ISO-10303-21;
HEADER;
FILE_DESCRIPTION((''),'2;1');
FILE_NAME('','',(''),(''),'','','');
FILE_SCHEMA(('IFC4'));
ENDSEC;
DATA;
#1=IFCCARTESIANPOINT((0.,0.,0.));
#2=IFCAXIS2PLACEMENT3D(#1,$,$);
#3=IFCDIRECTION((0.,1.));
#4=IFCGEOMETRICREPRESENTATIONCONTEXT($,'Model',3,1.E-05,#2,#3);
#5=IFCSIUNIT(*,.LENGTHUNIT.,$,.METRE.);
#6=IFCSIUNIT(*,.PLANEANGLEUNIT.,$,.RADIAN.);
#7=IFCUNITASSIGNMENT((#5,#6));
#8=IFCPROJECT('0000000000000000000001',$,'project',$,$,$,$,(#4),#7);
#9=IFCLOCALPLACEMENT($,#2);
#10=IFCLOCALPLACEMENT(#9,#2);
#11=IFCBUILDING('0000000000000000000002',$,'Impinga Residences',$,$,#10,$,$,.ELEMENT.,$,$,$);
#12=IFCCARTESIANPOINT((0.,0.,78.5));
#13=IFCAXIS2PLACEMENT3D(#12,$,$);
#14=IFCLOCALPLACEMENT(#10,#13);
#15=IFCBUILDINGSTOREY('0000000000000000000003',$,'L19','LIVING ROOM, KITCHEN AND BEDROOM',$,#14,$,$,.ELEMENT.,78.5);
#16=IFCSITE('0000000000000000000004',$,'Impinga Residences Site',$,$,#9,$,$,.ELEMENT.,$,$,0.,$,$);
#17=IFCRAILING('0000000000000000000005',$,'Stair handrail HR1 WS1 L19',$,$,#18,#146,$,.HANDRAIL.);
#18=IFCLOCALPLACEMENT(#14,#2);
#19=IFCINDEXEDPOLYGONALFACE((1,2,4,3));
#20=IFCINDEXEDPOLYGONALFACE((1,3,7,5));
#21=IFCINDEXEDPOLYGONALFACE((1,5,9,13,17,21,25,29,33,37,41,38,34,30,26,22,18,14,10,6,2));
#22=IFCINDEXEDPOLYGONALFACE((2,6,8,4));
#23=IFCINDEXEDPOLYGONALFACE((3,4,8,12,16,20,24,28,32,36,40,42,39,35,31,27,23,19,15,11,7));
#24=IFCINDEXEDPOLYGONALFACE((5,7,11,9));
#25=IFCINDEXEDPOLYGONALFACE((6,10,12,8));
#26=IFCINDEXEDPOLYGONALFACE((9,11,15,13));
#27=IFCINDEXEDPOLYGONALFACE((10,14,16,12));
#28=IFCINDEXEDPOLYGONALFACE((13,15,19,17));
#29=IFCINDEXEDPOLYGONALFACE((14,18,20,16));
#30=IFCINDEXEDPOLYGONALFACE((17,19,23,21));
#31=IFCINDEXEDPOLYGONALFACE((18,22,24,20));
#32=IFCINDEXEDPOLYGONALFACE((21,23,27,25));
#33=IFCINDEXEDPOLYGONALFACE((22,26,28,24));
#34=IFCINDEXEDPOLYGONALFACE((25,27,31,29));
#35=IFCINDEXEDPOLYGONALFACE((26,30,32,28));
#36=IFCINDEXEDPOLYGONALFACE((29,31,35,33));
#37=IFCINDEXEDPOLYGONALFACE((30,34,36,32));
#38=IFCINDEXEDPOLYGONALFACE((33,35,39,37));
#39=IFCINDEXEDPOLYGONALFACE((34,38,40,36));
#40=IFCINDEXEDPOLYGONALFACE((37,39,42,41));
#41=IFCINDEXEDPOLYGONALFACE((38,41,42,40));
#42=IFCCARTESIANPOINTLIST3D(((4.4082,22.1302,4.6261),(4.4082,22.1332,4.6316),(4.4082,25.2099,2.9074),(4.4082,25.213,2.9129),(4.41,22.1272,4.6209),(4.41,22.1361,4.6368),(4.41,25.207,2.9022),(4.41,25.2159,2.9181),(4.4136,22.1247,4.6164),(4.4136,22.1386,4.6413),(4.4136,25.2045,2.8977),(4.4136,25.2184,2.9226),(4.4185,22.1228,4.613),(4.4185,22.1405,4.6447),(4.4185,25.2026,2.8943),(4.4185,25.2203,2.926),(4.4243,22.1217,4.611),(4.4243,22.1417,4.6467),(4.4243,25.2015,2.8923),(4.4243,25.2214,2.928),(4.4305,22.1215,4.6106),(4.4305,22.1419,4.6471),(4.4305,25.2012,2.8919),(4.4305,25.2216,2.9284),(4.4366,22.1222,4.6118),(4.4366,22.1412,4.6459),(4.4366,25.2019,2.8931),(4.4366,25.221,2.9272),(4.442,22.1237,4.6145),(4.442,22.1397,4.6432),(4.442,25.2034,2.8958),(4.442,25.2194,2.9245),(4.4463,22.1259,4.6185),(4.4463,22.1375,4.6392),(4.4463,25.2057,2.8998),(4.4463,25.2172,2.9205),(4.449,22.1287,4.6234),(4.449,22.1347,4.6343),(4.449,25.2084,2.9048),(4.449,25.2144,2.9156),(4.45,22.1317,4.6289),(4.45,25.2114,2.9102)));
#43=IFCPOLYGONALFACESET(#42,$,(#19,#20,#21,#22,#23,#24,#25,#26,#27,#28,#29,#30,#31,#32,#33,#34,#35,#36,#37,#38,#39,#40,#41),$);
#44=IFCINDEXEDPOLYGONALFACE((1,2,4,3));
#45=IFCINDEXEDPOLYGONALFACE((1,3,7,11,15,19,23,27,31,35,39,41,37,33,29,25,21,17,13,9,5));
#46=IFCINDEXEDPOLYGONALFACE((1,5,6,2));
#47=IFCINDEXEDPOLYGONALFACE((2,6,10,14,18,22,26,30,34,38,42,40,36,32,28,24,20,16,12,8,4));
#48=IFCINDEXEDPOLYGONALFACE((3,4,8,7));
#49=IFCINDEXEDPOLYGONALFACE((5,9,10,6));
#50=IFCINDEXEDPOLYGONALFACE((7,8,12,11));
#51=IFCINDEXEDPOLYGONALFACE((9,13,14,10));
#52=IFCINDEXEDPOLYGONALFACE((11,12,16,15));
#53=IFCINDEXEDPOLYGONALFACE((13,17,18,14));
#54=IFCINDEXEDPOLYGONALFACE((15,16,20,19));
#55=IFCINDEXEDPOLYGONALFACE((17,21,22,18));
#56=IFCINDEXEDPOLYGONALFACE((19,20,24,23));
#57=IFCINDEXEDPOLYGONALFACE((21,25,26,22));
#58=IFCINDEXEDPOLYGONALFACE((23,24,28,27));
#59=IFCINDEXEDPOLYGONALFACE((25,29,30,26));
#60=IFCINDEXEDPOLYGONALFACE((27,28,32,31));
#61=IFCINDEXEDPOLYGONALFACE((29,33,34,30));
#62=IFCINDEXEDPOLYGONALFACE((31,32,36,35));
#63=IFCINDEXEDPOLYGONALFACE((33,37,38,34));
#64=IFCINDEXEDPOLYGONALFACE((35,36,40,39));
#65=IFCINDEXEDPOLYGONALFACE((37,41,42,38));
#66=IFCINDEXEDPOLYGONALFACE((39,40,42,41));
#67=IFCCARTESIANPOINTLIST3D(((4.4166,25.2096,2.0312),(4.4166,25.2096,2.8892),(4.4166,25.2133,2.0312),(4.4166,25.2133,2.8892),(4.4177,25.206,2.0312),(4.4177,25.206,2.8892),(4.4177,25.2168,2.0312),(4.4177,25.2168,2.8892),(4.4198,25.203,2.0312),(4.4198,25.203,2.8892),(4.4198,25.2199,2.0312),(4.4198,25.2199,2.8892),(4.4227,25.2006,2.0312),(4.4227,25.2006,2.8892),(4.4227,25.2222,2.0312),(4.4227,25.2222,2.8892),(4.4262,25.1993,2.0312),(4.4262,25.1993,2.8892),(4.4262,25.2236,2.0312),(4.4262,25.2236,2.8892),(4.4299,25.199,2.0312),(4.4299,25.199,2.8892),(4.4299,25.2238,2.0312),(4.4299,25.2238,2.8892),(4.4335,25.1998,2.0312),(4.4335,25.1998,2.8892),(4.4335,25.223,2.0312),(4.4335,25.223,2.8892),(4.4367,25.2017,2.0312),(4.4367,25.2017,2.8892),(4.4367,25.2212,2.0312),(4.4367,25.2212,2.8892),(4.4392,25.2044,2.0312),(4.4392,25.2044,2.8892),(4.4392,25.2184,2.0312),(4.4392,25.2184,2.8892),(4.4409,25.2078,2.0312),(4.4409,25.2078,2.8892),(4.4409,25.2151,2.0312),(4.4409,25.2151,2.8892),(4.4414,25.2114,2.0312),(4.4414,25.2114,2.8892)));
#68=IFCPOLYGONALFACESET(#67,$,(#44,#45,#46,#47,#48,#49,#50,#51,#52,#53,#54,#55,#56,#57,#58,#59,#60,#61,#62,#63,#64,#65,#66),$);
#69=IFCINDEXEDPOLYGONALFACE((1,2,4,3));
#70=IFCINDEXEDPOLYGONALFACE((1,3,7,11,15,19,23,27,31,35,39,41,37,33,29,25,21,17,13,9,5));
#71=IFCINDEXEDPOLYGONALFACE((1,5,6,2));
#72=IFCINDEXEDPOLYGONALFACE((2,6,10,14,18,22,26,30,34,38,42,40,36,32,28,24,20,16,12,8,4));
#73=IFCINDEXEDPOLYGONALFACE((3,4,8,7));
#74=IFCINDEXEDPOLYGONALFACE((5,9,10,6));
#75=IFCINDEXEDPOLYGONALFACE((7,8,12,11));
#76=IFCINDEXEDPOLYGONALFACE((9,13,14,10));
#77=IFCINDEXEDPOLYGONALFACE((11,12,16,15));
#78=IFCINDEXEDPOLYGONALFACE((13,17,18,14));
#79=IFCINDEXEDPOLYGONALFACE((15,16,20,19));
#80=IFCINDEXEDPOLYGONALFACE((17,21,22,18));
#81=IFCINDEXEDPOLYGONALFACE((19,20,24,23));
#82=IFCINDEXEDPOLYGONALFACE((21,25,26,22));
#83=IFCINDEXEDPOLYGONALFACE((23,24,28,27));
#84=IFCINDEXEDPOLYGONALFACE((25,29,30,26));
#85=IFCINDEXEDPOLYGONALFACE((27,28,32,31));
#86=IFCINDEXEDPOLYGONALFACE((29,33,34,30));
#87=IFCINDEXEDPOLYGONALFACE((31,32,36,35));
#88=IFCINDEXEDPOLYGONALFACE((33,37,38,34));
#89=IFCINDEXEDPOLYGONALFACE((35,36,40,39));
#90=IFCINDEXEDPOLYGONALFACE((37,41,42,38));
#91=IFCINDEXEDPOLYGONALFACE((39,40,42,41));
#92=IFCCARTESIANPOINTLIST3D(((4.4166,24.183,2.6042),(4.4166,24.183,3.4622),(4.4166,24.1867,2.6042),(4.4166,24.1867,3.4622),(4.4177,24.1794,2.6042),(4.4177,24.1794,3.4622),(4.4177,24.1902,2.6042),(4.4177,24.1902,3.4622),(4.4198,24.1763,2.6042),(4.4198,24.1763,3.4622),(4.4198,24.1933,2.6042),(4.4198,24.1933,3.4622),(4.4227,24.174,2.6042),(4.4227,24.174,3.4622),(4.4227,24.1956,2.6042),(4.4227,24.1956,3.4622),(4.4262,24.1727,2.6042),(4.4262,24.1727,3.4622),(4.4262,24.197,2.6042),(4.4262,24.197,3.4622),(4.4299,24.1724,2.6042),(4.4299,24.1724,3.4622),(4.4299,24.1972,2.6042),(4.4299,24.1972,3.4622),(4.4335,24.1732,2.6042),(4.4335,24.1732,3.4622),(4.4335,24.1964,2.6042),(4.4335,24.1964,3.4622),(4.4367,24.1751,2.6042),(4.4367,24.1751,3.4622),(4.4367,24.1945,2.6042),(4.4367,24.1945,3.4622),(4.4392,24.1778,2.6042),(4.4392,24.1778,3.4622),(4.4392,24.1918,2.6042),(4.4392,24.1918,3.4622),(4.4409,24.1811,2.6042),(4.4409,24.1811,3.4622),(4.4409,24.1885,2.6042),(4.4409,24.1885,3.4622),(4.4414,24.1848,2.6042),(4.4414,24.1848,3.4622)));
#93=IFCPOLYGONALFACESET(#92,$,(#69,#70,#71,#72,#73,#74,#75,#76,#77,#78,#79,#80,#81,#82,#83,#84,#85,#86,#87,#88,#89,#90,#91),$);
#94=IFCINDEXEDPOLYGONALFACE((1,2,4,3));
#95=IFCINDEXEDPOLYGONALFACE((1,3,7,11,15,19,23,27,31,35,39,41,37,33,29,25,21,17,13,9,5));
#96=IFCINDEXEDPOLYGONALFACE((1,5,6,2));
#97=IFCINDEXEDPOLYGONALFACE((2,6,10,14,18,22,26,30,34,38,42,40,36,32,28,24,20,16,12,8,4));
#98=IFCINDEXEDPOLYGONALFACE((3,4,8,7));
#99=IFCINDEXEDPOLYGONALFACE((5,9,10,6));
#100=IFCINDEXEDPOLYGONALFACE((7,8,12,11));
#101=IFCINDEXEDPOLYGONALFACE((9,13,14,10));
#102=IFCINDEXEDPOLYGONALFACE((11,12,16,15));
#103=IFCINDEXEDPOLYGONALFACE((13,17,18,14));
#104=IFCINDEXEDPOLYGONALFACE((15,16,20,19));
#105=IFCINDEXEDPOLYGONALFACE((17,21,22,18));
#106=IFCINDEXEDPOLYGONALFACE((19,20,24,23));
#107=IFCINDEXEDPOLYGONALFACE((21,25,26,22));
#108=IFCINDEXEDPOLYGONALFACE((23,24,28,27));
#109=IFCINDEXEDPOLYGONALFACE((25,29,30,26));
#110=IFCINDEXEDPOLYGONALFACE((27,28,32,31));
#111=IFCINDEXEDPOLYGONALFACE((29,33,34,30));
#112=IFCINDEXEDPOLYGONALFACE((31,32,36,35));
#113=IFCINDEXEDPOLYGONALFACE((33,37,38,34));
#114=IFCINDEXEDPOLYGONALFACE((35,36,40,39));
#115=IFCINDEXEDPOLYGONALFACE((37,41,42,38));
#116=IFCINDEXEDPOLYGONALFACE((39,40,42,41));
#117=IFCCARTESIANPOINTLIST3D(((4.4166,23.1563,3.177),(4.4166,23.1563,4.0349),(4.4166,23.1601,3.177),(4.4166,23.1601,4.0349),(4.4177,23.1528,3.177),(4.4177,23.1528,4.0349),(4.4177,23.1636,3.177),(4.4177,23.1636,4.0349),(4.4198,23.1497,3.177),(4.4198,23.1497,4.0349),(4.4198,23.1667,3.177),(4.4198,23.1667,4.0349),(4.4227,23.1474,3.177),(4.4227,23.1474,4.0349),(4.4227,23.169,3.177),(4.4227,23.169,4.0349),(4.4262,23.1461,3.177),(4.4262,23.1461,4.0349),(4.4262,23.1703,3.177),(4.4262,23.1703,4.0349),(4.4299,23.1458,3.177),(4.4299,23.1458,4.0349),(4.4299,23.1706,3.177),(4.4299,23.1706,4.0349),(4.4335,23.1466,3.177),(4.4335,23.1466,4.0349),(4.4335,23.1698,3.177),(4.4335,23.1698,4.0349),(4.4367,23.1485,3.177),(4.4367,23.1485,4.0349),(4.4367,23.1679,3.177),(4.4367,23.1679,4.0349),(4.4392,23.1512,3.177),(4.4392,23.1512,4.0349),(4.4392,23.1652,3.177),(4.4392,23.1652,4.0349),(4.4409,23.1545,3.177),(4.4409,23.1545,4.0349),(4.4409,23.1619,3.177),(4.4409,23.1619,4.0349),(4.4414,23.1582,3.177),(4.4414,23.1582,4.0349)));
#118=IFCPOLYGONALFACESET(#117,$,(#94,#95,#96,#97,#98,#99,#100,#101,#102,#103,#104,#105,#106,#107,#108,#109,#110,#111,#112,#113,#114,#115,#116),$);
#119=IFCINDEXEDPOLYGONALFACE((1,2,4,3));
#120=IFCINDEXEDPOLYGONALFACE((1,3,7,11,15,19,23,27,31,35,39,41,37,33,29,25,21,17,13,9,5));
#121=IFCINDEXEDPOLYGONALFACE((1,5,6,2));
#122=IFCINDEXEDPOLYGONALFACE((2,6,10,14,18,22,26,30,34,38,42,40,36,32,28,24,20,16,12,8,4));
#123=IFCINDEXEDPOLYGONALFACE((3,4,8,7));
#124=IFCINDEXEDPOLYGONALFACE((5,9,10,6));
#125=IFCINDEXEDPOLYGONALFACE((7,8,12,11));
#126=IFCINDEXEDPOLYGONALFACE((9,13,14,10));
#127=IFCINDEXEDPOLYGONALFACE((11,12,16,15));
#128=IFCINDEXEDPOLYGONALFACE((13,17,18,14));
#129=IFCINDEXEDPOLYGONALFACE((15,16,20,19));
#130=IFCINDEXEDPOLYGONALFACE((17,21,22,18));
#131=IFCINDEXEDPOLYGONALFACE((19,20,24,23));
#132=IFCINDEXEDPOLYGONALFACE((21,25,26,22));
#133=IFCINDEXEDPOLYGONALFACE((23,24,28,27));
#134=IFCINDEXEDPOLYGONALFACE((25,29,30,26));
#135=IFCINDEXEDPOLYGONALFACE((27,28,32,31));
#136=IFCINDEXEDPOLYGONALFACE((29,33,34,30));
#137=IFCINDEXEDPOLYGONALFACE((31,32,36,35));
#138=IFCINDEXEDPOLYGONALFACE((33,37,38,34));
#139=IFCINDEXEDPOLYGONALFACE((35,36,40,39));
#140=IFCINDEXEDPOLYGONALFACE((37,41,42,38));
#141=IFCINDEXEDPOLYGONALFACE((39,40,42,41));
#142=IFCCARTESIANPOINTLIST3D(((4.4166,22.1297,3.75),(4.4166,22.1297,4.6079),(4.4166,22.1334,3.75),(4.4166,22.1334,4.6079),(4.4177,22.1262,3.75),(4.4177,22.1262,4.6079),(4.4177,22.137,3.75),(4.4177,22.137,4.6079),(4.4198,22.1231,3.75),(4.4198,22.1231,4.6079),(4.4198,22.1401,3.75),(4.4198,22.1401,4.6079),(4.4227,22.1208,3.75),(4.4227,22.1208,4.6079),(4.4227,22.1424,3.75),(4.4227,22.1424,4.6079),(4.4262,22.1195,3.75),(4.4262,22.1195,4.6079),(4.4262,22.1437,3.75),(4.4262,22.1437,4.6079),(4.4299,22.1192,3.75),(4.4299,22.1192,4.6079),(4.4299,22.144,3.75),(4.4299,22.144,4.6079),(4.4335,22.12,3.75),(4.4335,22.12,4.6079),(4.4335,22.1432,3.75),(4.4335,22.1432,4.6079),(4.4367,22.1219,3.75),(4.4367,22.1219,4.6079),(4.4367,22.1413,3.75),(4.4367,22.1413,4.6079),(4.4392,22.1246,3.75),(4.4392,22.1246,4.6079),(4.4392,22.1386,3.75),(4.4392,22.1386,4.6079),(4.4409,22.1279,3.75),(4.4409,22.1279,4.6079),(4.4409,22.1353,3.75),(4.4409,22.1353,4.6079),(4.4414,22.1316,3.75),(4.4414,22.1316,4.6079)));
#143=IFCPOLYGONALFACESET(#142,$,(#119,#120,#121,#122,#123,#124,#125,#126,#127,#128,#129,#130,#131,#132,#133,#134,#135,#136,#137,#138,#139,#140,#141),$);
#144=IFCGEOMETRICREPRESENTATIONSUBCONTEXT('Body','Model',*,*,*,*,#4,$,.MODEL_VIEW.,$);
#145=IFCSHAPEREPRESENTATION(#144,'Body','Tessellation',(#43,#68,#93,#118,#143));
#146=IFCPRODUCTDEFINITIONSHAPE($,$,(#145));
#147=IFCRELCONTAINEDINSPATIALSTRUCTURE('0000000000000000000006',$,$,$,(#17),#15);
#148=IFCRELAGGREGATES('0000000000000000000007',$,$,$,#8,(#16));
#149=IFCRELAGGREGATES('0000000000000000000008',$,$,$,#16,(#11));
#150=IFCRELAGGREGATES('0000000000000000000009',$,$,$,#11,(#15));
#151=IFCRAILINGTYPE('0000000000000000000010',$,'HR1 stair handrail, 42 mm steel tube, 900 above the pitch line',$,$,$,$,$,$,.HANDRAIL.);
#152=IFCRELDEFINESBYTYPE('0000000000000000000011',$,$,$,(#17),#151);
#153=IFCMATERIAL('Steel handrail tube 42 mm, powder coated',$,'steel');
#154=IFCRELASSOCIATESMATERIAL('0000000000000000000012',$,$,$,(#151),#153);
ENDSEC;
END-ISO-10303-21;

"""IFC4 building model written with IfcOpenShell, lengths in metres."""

from ifc_helpers import new_model, si_unit, direction, frame, origin, origin_2d, place, context, subcontext, project, spatial, circle, extrude, material, type_object, element, save


model = new_model("IFC4")

# Units and contexts
model_context = context("Model", 3, precision=1e-05, world=origin(), true_north=direction((0.0, 1.0)))
body_context = subcontext(model_context, "Body", "Model", "MODEL_VIEW")
ifc_project = project(units=[si_unit("LENGTHUNIT", "METRE"), si_unit("PLANEANGLEUNIT", "RADIAN")], contexts=[model_context])

# Site, building, storey
site_placement = place(None, origin())
site = spatial("IfcSite", under=ifc_project, at=site_placement, Name="Impinga Residences Site", CompositionType="ELEMENT", RefElevation=0.0)
building_placement = place(site_placement, origin())
building = spatial("IfcBuilding", under=site, at=building_placement, Name="Impinga Residences", CompositionType="ELEMENT")
storey_placement = place(building_placement, frame((0.0, 0.0, 78.5)))
storey = spatial("IfcBuildingStorey", under=building, at=storey_placement, Name="L19", Description="LIVING ROOM, KITCHEN AND BEDROOM", CompositionType="ELEMENT", Elevation=78.5)

# Railing
ifc_material_1 = material(Name="Steel handrail tube 42 mm, powder coated", Category="steel")
railing_type_1 = type_object("IfcRailingType", Name="HR1 stair handrail, 42 mm steel tube, 900 above the pitch line", PredefinedType="HANDRAIL", material=ifc_material_1)
railing_1_placement = place(storey_placement, frame((4.429, 25.2114, 2.0312)))
element("IfcRailing", 1, at=railing_1_placement, inside=storey, type_object=railing_type_1, Name="Stair handrail HR1 WS1 L19", PredefinedType="HANDRAIL", context=body_context, shape_type="SweptSolid", body=[
    extrude(circle(Radius=0.021, at=origin_2d()), frame((0.0, 0.0, 0.8789), z_axis=(0.0, -0.873225, 0.487317), x_axis=(1.0, 0.0, 0.0)), (0.0, 0.0, 1.0), 3.5269),
    extrude(circle(Radius=0.0125, at=origin_2d()), origin(), (0.0, 0.0, 1.0), 0.8579),
    extrude(circle(Radius=0.0125, at=origin_2d()), frame((0.0, -1.0266, 0.573)), (0.0, 0.0, 1.0), 0.8579),
    extrude(circle(Radius=0.0125, at=origin_2d()), frame((0.0, -2.0532, 1.1458)), (0.0, 0.0, 1.0), 0.8579),
    extrude(circle(Radius=0.0125, at=origin_2d()), frame((0.0, -3.0798, 1.7188)), (0.0, 0.0, 1.0), 0.8579),
])

save(model, "model.ifc")
